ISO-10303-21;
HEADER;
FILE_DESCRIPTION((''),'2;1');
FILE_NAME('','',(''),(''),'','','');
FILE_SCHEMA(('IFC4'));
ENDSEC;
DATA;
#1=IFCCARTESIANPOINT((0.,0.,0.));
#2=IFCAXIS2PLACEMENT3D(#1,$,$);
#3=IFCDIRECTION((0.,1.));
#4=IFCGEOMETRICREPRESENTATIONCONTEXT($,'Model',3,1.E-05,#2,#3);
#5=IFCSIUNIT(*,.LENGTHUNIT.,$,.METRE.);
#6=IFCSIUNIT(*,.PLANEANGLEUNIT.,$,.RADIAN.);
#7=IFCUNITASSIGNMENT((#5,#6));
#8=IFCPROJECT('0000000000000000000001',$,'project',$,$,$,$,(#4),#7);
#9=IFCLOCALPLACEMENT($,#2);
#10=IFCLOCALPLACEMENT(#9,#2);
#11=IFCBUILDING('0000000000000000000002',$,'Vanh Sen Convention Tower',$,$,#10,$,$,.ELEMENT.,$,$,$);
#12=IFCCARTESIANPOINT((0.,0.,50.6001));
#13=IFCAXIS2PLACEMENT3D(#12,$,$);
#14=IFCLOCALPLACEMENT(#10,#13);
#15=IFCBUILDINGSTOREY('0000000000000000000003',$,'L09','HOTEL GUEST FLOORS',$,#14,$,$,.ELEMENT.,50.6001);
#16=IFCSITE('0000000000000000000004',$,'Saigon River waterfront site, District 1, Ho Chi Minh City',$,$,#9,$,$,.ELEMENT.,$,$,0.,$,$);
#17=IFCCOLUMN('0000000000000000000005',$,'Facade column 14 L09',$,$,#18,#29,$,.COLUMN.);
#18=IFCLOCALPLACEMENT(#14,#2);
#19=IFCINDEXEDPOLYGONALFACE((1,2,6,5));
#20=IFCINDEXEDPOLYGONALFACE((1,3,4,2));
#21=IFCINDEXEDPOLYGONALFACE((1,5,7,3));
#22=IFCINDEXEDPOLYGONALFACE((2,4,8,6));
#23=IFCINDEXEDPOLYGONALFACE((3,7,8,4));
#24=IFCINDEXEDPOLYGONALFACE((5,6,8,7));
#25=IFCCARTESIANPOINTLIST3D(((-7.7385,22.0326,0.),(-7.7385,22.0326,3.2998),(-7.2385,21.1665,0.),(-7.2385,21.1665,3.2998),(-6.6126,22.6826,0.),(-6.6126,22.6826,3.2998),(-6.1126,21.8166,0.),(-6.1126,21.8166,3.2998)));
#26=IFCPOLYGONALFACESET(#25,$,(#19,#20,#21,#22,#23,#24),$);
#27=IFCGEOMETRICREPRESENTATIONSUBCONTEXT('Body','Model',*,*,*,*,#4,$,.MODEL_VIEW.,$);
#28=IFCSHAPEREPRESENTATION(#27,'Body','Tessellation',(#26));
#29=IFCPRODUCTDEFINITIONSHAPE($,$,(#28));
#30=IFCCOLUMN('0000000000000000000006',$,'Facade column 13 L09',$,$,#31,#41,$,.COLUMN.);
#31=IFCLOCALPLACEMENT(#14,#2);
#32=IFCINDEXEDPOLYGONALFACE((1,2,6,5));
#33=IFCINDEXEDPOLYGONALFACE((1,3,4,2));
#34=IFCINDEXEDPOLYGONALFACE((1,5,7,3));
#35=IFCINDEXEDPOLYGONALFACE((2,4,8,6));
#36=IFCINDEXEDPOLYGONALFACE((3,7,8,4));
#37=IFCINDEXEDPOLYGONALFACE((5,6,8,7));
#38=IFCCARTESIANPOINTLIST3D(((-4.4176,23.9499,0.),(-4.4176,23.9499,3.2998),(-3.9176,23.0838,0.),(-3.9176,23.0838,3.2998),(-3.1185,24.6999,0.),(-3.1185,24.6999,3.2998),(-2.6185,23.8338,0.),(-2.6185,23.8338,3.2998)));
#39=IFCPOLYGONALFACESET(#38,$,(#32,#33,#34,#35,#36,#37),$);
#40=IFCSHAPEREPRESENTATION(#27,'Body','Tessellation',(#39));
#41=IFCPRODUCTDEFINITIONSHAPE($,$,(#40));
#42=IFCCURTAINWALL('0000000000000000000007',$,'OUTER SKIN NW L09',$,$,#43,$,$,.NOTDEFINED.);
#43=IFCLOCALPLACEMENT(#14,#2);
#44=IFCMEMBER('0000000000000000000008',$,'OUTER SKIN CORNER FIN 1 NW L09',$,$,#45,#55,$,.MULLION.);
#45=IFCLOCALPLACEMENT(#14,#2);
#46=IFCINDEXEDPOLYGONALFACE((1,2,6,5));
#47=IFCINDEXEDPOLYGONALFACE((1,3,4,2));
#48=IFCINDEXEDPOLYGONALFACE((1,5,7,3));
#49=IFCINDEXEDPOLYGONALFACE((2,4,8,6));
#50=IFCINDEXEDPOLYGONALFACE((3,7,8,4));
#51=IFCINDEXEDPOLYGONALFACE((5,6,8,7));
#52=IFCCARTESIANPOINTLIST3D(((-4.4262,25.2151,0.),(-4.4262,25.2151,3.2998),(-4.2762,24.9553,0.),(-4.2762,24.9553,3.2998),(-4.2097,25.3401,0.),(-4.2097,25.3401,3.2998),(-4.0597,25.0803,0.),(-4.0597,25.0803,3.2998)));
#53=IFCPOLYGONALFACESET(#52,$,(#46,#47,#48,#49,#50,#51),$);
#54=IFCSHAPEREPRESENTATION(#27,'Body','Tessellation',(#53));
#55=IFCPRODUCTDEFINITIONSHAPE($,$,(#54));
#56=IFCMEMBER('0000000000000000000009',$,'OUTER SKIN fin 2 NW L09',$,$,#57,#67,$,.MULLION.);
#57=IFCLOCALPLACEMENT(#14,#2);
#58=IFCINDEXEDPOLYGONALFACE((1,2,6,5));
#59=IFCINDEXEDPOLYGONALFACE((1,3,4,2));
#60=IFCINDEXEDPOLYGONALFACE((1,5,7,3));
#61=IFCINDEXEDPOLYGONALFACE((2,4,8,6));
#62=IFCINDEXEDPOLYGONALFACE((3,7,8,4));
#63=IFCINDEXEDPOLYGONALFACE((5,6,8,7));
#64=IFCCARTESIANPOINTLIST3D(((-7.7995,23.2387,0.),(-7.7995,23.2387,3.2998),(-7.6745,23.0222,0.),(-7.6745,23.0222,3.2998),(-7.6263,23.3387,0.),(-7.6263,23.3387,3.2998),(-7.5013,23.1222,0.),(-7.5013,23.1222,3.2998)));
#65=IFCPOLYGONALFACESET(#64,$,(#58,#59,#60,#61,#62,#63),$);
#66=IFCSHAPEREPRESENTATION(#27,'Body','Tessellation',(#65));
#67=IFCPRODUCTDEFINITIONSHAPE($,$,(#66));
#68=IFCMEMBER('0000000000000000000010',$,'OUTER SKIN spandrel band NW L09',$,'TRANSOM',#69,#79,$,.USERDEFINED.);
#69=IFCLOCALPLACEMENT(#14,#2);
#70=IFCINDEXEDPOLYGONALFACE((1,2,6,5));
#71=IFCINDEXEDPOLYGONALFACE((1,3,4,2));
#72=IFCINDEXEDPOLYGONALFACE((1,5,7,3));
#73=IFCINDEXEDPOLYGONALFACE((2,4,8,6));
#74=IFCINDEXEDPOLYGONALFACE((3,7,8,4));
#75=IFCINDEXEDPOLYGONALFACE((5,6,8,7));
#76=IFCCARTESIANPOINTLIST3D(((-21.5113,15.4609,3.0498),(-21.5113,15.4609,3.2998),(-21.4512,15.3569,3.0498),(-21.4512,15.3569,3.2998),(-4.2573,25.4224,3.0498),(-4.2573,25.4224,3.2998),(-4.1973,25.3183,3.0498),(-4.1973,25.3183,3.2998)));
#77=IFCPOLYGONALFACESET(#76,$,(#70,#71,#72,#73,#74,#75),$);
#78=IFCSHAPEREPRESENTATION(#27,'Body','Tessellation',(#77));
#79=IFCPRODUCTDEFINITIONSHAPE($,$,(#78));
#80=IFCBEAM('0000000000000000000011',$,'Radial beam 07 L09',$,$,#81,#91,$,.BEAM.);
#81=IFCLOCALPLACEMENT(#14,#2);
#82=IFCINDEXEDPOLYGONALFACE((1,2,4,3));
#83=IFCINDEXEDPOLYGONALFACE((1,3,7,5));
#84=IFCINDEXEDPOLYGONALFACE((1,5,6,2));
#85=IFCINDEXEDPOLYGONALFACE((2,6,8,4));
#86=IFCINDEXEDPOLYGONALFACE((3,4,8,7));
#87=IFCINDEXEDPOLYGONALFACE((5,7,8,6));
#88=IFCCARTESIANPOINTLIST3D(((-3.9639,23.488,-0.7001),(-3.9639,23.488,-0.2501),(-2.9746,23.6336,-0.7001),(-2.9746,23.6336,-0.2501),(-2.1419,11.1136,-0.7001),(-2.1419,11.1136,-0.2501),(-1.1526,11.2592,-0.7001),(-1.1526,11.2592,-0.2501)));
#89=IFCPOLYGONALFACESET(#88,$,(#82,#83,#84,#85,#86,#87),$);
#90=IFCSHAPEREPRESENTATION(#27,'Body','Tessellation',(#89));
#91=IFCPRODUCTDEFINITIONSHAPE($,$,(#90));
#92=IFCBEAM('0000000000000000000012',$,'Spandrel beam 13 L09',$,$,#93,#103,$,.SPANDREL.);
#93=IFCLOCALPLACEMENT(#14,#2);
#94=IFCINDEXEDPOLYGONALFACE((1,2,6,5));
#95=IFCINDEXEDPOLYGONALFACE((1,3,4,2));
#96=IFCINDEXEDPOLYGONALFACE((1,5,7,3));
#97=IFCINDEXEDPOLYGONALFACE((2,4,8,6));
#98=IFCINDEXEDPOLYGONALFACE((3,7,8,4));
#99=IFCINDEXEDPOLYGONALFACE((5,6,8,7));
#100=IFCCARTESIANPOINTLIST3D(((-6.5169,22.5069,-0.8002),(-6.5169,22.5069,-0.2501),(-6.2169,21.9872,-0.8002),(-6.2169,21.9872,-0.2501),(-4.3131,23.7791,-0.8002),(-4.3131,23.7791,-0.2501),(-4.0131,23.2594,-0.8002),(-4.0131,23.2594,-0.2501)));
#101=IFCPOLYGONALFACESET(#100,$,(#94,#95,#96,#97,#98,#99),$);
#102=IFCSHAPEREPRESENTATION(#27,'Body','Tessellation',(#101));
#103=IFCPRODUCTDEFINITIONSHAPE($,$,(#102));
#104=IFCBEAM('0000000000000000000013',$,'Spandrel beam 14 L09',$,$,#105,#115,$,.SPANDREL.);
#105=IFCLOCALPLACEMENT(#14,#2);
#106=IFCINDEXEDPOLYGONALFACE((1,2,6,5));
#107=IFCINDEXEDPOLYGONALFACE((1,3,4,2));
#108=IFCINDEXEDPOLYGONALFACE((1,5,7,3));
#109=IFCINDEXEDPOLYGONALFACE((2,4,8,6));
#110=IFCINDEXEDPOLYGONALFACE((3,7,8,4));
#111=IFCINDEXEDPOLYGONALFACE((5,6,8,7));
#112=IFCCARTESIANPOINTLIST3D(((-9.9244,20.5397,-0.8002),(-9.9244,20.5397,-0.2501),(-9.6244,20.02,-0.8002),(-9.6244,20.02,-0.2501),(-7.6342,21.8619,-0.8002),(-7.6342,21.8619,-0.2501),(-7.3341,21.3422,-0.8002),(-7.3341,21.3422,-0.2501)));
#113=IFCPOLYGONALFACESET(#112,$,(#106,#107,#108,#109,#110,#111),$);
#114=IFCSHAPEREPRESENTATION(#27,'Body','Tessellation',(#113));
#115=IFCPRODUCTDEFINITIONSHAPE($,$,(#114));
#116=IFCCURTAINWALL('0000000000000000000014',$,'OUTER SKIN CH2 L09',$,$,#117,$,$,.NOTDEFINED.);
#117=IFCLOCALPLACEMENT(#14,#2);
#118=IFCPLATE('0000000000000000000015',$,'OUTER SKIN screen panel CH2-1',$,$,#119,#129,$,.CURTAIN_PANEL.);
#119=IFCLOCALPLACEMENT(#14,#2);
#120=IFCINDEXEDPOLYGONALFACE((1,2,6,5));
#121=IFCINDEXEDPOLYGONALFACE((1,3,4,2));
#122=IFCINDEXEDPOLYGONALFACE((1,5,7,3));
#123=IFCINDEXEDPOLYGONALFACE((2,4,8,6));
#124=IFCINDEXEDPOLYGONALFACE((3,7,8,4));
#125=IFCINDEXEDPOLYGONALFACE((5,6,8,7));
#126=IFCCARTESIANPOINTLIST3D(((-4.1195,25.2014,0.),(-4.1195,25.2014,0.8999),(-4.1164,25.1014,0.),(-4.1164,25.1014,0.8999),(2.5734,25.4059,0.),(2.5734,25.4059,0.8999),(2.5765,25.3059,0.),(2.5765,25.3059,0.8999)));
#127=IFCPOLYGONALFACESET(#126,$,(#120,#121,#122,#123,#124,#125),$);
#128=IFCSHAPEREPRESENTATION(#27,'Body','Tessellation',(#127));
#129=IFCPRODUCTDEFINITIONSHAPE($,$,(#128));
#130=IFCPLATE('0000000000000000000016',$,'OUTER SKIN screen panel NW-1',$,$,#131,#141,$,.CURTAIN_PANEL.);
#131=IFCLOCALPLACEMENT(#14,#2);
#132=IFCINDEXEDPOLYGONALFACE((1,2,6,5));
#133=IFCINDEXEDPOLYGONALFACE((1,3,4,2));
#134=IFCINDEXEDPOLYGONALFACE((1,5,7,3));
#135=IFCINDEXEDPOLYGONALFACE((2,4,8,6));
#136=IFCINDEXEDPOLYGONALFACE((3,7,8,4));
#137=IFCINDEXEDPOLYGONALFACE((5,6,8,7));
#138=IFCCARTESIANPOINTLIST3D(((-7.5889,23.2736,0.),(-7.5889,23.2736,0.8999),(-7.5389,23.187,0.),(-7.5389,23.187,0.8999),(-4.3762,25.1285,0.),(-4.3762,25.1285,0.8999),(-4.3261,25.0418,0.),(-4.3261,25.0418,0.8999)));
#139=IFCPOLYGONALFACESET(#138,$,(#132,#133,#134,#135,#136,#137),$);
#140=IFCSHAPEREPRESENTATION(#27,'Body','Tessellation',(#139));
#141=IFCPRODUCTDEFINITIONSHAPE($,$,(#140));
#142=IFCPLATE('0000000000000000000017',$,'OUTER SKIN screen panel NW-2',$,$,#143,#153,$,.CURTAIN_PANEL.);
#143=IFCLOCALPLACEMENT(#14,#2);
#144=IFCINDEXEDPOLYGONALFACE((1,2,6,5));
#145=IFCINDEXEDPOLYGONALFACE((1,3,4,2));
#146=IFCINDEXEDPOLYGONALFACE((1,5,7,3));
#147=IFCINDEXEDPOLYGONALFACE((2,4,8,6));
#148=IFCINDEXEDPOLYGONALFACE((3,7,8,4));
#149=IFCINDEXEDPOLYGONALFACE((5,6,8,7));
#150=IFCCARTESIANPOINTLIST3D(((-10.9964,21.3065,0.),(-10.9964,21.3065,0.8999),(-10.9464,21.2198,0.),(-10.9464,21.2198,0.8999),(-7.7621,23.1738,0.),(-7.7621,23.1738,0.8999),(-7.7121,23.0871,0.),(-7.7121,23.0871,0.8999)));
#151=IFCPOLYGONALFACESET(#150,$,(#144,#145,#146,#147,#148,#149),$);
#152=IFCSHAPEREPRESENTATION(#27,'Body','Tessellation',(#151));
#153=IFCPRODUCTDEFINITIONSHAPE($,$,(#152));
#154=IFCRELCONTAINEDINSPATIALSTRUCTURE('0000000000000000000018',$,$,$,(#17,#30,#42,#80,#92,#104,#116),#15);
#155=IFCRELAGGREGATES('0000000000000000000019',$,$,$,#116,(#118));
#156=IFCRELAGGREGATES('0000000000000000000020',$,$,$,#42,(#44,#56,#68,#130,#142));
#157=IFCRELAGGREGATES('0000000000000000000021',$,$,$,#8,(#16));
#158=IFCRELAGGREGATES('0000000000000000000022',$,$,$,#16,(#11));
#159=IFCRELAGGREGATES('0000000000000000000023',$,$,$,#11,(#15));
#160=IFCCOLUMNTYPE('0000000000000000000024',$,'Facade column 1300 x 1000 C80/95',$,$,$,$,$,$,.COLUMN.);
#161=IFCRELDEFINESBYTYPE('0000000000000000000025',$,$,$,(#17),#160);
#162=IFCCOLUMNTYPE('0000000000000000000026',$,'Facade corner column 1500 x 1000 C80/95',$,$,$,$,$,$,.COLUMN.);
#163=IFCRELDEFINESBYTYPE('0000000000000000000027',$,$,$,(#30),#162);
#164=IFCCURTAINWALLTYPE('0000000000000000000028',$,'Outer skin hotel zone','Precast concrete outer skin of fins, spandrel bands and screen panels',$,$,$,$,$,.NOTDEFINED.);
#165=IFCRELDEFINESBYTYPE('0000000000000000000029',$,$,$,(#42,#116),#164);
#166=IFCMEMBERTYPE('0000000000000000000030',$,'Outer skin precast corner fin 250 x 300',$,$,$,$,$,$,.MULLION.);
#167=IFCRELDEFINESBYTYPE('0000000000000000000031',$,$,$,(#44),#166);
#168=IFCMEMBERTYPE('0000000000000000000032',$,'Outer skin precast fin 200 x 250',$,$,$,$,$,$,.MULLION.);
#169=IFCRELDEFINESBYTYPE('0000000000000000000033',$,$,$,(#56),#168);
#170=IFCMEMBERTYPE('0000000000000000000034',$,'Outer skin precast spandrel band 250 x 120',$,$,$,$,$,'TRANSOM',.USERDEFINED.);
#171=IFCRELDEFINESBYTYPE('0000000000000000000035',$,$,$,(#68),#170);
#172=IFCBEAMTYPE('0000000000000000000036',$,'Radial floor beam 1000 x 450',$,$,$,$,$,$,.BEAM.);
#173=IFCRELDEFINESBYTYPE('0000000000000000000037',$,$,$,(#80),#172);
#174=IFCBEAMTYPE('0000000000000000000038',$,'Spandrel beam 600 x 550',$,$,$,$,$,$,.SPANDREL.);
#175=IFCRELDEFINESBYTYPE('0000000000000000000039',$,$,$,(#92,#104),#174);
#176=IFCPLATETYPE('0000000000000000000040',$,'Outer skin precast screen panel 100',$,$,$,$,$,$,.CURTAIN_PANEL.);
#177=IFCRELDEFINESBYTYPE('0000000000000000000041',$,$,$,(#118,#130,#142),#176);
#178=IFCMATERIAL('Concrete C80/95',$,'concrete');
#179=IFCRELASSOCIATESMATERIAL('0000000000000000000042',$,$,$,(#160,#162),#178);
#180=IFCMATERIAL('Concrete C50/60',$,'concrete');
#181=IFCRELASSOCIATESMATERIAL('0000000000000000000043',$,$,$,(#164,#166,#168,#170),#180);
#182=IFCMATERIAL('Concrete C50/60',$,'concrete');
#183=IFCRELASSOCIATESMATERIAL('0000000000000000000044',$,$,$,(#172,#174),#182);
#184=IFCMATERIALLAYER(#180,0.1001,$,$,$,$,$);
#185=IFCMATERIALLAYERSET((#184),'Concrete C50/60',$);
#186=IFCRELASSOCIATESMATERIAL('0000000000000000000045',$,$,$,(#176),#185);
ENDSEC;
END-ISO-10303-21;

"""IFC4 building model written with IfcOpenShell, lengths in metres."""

from ifc_helpers import new_model, si_unit, direction, frame, origin, origin_2d, place, context, subcontext, project, spatial, rectangle, extrude, material, layer, layer_set, material_profile, profile_set, type_object, element, aggregate, save


model = new_model("IFC4")

# Units and contexts
model_context = context("Model", 3, precision=1e-05, world=origin(), true_north=direction((0.0, 1.0)))
body_context = subcontext(model_context, "Body", "Model", "MODEL_VIEW")
ifc_project = project(units=[si_unit("LENGTHUNIT", "METRE"), si_unit("PLANEANGLEUNIT", "RADIAN")], contexts=[model_context])

# Site, building, storey
site_placement = place(None, origin())
site = spatial("IfcSite", under=ifc_project, at=site_placement, Name="Saigon River waterfront site, District 1, Ho Chi Minh City", CompositionType="ELEMENT", RefElevation=0.0)
building_placement = place(site_placement, origin())
building = spatial("IfcBuilding", under=site, at=building_placement, Name="Vanh Sen Convention Tower", CompositionType="ELEMENT")
storey_placement = place(building_placement, frame((0.0, 0.0, 50.6001)))
storey = spatial("IfcBuildingStorey", under=building, at=storey_placement, Name="L09", Description="HOTEL GUEST FLOORS", CompositionType="ELEMENT", Elevation=50.6001)

# Columns
ifc_material_1 = material(Name="Concrete C80/95", Category="concrete")
ifc_material_profile_1 = material_profile(ifc_material_1, rectangle(XDim=1.3, YDim=1.0, at=origin_2d()), Name="RC 1300X1000")
ifc_profile_set_1 = profile_set([ifc_material_profile_1], Name="Concrete C80/95")
column_type_1 = type_object("IfcColumnType", Name="Facade column 1300 x 1000 C80/95", PredefinedType="COLUMN", material=ifc_profile_set_1)
column_1_placement = place(storey_placement, frame((-6.9255, 21.9246, 0.0), z_axis=(0.0, 0.0, 1.0), x_axis=(-0.866025, -0.5, 0.0)))
element("IfcColumn", 1, at=column_1_placement, inside=storey, type_object=column_type_1, Name="Facade column 14 L09", PredefinedType="COLUMN", context=body_context, shape_type="SweptSolid", body=[
    extrude(rectangle(XDim=1.3, YDim=1.0, at=origin_2d()), origin(), (0.0, 0.0, 1.0), 3.2998),
])
ifc_material_profile_2 = material_profile(ifc_material_1, rectangle(XDim=1.5, YDim=1.0, at=origin_2d()), Name="RC 1500X1000")
ifc_profile_set_2 = profile_set([ifc_material_profile_2], Name="Concrete C80/95")
column_type_2 = type_object("IfcColumnType", Name="Facade corner column 1500 x 1000 C80/95", PredefinedType="COLUMN", material=ifc_profile_set_2)
column_2_placement = place(storey_placement, frame((-3.5181, 23.8918, 0.0), z_axis=(0.0, 0.0, 1.0), x_axis=(-0.866025, -0.5, 0.0)))
element("IfcColumn", 2, at=column_2_placement, inside=storey, type_object=column_type_2, Name="Facade column 13 L09", PredefinedType="COLUMN", context=body_context, shape_type="SweptSolid", body=[
    extrude(rectangle(XDim=1.5, YDim=1.0, at=origin_2d()), origin(), (0.0, 0.0, 1.0), 3.2998),
])

# Curtain wall, members
ifc_material_2 = material(Name="Concrete C50/60", Category="concrete")
curtain_wall_type = type_object("IfcCurtainWallType", Name="Outer skin hotel zone", Description="Precast concrete outer skin of fins, spandrel bands and screen panels", PredefinedType="NOTDEFINED", material=ifc_material_2)
curtain_wall_1_placement = place(storey_placement, origin())
curtain_wall_1 = element("IfcCurtainWall", 3, at=curtain_wall_1_placement, inside=storey, type_object=curtain_wall_type, Name="OUTER SKIN NW L09", PredefinedType="NOTDEFINED")
ifc_material_profile_3 = material_profile(ifc_material_2, rectangle(XDim=0.25, YDim=0.3, at=origin_2d()), Name="Outer skin precast corner fin 250 x 300")
ifc_profile_set_3 = profile_set([ifc_material_profile_3], Name="Concrete C50/60")
member_type_1 = type_object("IfcMemberType", Name="Outer skin precast corner fin 250 x 300", PredefinedType="MULLION", material=ifc_profile_set_3)
member_1_placement = place(storey_placement, frame((-4.2429, 25.1477, 0.0), z_axis=(0.0, 0.0, 1.0), x_axis=(-0.866025, -0.5, 0.0)))
member_1 = element("IfcMember", 4, at=member_1_placement, type_object=member_type_1, Name="OUTER SKIN CORNER FIN 1 NW L09", PredefinedType="MULLION", context=body_context, shape_type="SweptSolid", body=[
    extrude(rectangle(XDim=0.25, YDim=0.3, at=origin_2d()), origin(), (0.0, 0.0, 1.0), 3.2998),
])
ifc_material_profile_4 = material_profile(ifc_material_2, rectangle(XDim=0.2, YDim=0.25, at=origin_2d()), Name="Outer skin precast fin 200 x 250")
ifc_profile_set_4 = profile_set([ifc_material_profile_4], Name="Concrete C50/60")
member_type_2 = type_object("IfcMemberType", Name="Outer skin precast fin 200 x 250", PredefinedType="MULLION", material=ifc_profile_set_4)
member_2_placement = place(storey_placement, frame((-7.6504, 23.1804, 0.0), z_axis=(0.0, 0.0, 1.0), x_axis=(-0.866025, -0.5, 0.0)))
member_2 = element("IfcMember", 5, at=member_2_placement, type_object=member_type_2, Name="OUTER SKIN fin 2 NW L09", PredefinedType="MULLION", context=body_context, shape_type="SweptSolid", body=[
    extrude(rectangle(XDim=0.2, YDim=0.25, at=origin_2d()), origin(), (0.0, 0.0, 1.0), 3.2998),
])
ifc_material_profile_5 = material_profile(ifc_material_2, rectangle(XDim=0.1201, YDim=0.25, at=origin_2d()), Name="Outer skin precast spandrel band 250 x 120")
ifc_profile_set_5 = profile_set([ifc_material_profile_5], Name="Concrete C50/60")
member_type_3 = type_object("IfcMemberType", Name="Outer skin precast spandrel band 250 x 120", ElementType="TRANSOM", PredefinedType="USERDEFINED", material=ifc_profile_set_5)
member_3_placement = place(storey_placement, frame((-4.2273, 25.3704, 3.1748), z_axis=(-0.866028, -0.499995, 0.0), x_axis=(0.499995, -0.866028, 0.0)))
member_3 = element("IfcMember", 6, at=member_3_placement, type_object=member_type_3, Name="OUTER SKIN spandrel band NW L09", ObjectType="TRANSOM", PredefinedType="USERDEFINED", context=body_context, shape_type="SweptSolid", body=[
    extrude(rectangle(XDim=0.1201, YDim=0.25, at=origin_2d()), origin(), (0.0, 0.0, 1.0), 19.9231),
])

# Beams
ifc_material_3 = material(Name="Concrete C50/60", Category="concrete")
ifc_material_profile_6 = material_profile(ifc_material_3, rectangle(XDim=1.0, YDim=0.45, at=origin_2d()), Name="RC 1000X450")
ifc_profile_set_6 = profile_set([ifc_material_profile_6], Name="Concrete C50/60")
beam_type_1 = type_object("IfcBeamType", Name="Radial floor beam 1000 x 450", PredefinedType="BEAM", material=ifc_profile_set_6)
beam_1_placement = place(storey_placement, frame((-3.4692, 23.5608, -0.4751), z_axis=(0.145669, -0.989333, 0.0), x_axis=(0.989333, 0.145669, 0.0)))
element("IfcBeam", 7, at=beam_1_placement, inside=storey, type_object=beam_type_1, Name="Radial beam 07 L09", PredefinedType="BEAM", context=body_context, shape_type="SweptSolid", body=[
    extrude(rectangle(XDim=1.0, YDim=0.45, at=origin_2d()), origin(), (0.0, 0.0, 1.0), 12.5078),
])
ifc_material_profile_7 = material_profile(ifc_material_3, rectangle(XDim=0.6001, YDim=0.55, at=origin_2d()), Name="RC 600X550")
ifc_profile_set_7 = profile_set([ifc_material_profile_7], Name="Concrete C50/60")
beam_type_2 = type_object("IfcBeamType", Name="Spandrel beam 600 x 550", PredefinedType="SPANDREL", material=ifc_profile_set_7)
beam_2_placement = place(storey_placement, frame((-4.1631, 23.5193, -0.5251), z_axis=(-0.866056, -0.499947, 0.0), x_axis=(0.499947, -0.866056, 0.0)))
element("IfcBeam", 8, at=beam_2_placement, inside=storey, type_object=beam_type_2, Name="Spandrel beam 13 L09", PredefinedType="SPANDREL", context=body_context, shape_type="SweptSolid", body=[
    extrude(rectangle(XDim=0.6001, YDim=0.55, at=origin_2d()), origin(), (0.0, 0.0, 1.0), 2.5447),
])
beam_3_placement = place(storey_placement, frame((-7.4841, 21.6021, -0.5251), z_axis=(-0.86603, -0.499991, 0.0), x_axis=(0.499991, -0.86603, 0.0)))
element("IfcBeam", 9, at=beam_3_placement, inside=storey, type_object=beam_type_2, Name="Spandrel beam 14 L09", PredefinedType="SPANDREL", context=body_context, shape_type="SweptSolid", body=[
    extrude(rectangle(XDim=0.6001, YDim=0.55, at=origin_2d()), origin(), (0.0, 0.0, 1.0), 2.6445),
])

# Curtain wall, plate
curtain_wall_2_placement = place(storey_placement, origin())
curtain_wall_2 = element("IfcCurtainWall", 10, at=curtain_wall_2_placement, inside=storey, type_object=curtain_wall_type, Name="OUTER SKIN CH2 L09", PredefinedType="NOTDEFINED")
ifc_layer_1 = layer(ifc_material_2, 0.1001)
ifc_layer_set_1 = layer_set([ifc_layer_1], Name="Concrete C50/60")
plate_type = type_object("IfcPlateType", Name="Outer skin precast screen panel 100", PredefinedType="CURTAIN_PANEL", material=ifc_layer_set_1)
plate_1_placement = place(storey_placement, frame((-0.7715, 25.2537, 0.0), z_axis=(0.0, 0.0, 1.0), x_axis=(-0.999534, -0.030537, 0.0)))
plate_1 = element("IfcPlate", 11, at=plate_1_placement, type_object=plate_type, Name="OUTER SKIN screen panel CH2-1", PredefinedType="CURTAIN_PANEL", context=body_context, shape_type="SweptSolid", body=[
    extrude(rectangle(XDim=6.696, YDim=0.1001, at=origin_2d()), origin(), (0.0, 0.0, 1.0), 0.8999),
])
aggregate(curtain_wall_2, [plate_1])

# Plates
plate_2_placement = place(storey_placement, frame((-5.9575, 24.1577, 0.0), z_axis=(0.0, 0.0, 1.0), x_axis=(-0.866028, -0.499995, 0.0)))
plate_2 = element("IfcPlate", 12, at=plate_2_placement, type_object=plate_type, Name="OUTER SKIN screen panel NW-1", PredefinedType="CURTAIN_PANEL", context=body_context, shape_type="SweptSolid", body=[
    extrude(rectangle(XDim=3.7097, YDim=0.1001, at=origin_2d()), origin(), (0.0, 0.0, 1.0), 0.8999),
])
plate_3_placement = place(storey_placement, frame((-9.3542, 22.1968, 0.0), z_axis=(0.0, 0.0, 1.0), x_axis=(-0.866021, -0.500008, 0.0)))
plate_3 = element("IfcPlate", 13, at=plate_3_placement, type_object=plate_type, Name="OUTER SKIN screen panel NW-2", PredefinedType="CURTAIN_PANEL", context=body_context, shape_type="SweptSolid", body=[
    extrude(rectangle(XDim=3.7346, YDim=0.1001, at=origin_2d()), origin(), (0.0, 0.0, 1.0), 0.8999),
])
aggregate(curtain_wall_1, [member_1, member_2, member_3, plate_2, plate_3])

save(model, "model.ifc")
